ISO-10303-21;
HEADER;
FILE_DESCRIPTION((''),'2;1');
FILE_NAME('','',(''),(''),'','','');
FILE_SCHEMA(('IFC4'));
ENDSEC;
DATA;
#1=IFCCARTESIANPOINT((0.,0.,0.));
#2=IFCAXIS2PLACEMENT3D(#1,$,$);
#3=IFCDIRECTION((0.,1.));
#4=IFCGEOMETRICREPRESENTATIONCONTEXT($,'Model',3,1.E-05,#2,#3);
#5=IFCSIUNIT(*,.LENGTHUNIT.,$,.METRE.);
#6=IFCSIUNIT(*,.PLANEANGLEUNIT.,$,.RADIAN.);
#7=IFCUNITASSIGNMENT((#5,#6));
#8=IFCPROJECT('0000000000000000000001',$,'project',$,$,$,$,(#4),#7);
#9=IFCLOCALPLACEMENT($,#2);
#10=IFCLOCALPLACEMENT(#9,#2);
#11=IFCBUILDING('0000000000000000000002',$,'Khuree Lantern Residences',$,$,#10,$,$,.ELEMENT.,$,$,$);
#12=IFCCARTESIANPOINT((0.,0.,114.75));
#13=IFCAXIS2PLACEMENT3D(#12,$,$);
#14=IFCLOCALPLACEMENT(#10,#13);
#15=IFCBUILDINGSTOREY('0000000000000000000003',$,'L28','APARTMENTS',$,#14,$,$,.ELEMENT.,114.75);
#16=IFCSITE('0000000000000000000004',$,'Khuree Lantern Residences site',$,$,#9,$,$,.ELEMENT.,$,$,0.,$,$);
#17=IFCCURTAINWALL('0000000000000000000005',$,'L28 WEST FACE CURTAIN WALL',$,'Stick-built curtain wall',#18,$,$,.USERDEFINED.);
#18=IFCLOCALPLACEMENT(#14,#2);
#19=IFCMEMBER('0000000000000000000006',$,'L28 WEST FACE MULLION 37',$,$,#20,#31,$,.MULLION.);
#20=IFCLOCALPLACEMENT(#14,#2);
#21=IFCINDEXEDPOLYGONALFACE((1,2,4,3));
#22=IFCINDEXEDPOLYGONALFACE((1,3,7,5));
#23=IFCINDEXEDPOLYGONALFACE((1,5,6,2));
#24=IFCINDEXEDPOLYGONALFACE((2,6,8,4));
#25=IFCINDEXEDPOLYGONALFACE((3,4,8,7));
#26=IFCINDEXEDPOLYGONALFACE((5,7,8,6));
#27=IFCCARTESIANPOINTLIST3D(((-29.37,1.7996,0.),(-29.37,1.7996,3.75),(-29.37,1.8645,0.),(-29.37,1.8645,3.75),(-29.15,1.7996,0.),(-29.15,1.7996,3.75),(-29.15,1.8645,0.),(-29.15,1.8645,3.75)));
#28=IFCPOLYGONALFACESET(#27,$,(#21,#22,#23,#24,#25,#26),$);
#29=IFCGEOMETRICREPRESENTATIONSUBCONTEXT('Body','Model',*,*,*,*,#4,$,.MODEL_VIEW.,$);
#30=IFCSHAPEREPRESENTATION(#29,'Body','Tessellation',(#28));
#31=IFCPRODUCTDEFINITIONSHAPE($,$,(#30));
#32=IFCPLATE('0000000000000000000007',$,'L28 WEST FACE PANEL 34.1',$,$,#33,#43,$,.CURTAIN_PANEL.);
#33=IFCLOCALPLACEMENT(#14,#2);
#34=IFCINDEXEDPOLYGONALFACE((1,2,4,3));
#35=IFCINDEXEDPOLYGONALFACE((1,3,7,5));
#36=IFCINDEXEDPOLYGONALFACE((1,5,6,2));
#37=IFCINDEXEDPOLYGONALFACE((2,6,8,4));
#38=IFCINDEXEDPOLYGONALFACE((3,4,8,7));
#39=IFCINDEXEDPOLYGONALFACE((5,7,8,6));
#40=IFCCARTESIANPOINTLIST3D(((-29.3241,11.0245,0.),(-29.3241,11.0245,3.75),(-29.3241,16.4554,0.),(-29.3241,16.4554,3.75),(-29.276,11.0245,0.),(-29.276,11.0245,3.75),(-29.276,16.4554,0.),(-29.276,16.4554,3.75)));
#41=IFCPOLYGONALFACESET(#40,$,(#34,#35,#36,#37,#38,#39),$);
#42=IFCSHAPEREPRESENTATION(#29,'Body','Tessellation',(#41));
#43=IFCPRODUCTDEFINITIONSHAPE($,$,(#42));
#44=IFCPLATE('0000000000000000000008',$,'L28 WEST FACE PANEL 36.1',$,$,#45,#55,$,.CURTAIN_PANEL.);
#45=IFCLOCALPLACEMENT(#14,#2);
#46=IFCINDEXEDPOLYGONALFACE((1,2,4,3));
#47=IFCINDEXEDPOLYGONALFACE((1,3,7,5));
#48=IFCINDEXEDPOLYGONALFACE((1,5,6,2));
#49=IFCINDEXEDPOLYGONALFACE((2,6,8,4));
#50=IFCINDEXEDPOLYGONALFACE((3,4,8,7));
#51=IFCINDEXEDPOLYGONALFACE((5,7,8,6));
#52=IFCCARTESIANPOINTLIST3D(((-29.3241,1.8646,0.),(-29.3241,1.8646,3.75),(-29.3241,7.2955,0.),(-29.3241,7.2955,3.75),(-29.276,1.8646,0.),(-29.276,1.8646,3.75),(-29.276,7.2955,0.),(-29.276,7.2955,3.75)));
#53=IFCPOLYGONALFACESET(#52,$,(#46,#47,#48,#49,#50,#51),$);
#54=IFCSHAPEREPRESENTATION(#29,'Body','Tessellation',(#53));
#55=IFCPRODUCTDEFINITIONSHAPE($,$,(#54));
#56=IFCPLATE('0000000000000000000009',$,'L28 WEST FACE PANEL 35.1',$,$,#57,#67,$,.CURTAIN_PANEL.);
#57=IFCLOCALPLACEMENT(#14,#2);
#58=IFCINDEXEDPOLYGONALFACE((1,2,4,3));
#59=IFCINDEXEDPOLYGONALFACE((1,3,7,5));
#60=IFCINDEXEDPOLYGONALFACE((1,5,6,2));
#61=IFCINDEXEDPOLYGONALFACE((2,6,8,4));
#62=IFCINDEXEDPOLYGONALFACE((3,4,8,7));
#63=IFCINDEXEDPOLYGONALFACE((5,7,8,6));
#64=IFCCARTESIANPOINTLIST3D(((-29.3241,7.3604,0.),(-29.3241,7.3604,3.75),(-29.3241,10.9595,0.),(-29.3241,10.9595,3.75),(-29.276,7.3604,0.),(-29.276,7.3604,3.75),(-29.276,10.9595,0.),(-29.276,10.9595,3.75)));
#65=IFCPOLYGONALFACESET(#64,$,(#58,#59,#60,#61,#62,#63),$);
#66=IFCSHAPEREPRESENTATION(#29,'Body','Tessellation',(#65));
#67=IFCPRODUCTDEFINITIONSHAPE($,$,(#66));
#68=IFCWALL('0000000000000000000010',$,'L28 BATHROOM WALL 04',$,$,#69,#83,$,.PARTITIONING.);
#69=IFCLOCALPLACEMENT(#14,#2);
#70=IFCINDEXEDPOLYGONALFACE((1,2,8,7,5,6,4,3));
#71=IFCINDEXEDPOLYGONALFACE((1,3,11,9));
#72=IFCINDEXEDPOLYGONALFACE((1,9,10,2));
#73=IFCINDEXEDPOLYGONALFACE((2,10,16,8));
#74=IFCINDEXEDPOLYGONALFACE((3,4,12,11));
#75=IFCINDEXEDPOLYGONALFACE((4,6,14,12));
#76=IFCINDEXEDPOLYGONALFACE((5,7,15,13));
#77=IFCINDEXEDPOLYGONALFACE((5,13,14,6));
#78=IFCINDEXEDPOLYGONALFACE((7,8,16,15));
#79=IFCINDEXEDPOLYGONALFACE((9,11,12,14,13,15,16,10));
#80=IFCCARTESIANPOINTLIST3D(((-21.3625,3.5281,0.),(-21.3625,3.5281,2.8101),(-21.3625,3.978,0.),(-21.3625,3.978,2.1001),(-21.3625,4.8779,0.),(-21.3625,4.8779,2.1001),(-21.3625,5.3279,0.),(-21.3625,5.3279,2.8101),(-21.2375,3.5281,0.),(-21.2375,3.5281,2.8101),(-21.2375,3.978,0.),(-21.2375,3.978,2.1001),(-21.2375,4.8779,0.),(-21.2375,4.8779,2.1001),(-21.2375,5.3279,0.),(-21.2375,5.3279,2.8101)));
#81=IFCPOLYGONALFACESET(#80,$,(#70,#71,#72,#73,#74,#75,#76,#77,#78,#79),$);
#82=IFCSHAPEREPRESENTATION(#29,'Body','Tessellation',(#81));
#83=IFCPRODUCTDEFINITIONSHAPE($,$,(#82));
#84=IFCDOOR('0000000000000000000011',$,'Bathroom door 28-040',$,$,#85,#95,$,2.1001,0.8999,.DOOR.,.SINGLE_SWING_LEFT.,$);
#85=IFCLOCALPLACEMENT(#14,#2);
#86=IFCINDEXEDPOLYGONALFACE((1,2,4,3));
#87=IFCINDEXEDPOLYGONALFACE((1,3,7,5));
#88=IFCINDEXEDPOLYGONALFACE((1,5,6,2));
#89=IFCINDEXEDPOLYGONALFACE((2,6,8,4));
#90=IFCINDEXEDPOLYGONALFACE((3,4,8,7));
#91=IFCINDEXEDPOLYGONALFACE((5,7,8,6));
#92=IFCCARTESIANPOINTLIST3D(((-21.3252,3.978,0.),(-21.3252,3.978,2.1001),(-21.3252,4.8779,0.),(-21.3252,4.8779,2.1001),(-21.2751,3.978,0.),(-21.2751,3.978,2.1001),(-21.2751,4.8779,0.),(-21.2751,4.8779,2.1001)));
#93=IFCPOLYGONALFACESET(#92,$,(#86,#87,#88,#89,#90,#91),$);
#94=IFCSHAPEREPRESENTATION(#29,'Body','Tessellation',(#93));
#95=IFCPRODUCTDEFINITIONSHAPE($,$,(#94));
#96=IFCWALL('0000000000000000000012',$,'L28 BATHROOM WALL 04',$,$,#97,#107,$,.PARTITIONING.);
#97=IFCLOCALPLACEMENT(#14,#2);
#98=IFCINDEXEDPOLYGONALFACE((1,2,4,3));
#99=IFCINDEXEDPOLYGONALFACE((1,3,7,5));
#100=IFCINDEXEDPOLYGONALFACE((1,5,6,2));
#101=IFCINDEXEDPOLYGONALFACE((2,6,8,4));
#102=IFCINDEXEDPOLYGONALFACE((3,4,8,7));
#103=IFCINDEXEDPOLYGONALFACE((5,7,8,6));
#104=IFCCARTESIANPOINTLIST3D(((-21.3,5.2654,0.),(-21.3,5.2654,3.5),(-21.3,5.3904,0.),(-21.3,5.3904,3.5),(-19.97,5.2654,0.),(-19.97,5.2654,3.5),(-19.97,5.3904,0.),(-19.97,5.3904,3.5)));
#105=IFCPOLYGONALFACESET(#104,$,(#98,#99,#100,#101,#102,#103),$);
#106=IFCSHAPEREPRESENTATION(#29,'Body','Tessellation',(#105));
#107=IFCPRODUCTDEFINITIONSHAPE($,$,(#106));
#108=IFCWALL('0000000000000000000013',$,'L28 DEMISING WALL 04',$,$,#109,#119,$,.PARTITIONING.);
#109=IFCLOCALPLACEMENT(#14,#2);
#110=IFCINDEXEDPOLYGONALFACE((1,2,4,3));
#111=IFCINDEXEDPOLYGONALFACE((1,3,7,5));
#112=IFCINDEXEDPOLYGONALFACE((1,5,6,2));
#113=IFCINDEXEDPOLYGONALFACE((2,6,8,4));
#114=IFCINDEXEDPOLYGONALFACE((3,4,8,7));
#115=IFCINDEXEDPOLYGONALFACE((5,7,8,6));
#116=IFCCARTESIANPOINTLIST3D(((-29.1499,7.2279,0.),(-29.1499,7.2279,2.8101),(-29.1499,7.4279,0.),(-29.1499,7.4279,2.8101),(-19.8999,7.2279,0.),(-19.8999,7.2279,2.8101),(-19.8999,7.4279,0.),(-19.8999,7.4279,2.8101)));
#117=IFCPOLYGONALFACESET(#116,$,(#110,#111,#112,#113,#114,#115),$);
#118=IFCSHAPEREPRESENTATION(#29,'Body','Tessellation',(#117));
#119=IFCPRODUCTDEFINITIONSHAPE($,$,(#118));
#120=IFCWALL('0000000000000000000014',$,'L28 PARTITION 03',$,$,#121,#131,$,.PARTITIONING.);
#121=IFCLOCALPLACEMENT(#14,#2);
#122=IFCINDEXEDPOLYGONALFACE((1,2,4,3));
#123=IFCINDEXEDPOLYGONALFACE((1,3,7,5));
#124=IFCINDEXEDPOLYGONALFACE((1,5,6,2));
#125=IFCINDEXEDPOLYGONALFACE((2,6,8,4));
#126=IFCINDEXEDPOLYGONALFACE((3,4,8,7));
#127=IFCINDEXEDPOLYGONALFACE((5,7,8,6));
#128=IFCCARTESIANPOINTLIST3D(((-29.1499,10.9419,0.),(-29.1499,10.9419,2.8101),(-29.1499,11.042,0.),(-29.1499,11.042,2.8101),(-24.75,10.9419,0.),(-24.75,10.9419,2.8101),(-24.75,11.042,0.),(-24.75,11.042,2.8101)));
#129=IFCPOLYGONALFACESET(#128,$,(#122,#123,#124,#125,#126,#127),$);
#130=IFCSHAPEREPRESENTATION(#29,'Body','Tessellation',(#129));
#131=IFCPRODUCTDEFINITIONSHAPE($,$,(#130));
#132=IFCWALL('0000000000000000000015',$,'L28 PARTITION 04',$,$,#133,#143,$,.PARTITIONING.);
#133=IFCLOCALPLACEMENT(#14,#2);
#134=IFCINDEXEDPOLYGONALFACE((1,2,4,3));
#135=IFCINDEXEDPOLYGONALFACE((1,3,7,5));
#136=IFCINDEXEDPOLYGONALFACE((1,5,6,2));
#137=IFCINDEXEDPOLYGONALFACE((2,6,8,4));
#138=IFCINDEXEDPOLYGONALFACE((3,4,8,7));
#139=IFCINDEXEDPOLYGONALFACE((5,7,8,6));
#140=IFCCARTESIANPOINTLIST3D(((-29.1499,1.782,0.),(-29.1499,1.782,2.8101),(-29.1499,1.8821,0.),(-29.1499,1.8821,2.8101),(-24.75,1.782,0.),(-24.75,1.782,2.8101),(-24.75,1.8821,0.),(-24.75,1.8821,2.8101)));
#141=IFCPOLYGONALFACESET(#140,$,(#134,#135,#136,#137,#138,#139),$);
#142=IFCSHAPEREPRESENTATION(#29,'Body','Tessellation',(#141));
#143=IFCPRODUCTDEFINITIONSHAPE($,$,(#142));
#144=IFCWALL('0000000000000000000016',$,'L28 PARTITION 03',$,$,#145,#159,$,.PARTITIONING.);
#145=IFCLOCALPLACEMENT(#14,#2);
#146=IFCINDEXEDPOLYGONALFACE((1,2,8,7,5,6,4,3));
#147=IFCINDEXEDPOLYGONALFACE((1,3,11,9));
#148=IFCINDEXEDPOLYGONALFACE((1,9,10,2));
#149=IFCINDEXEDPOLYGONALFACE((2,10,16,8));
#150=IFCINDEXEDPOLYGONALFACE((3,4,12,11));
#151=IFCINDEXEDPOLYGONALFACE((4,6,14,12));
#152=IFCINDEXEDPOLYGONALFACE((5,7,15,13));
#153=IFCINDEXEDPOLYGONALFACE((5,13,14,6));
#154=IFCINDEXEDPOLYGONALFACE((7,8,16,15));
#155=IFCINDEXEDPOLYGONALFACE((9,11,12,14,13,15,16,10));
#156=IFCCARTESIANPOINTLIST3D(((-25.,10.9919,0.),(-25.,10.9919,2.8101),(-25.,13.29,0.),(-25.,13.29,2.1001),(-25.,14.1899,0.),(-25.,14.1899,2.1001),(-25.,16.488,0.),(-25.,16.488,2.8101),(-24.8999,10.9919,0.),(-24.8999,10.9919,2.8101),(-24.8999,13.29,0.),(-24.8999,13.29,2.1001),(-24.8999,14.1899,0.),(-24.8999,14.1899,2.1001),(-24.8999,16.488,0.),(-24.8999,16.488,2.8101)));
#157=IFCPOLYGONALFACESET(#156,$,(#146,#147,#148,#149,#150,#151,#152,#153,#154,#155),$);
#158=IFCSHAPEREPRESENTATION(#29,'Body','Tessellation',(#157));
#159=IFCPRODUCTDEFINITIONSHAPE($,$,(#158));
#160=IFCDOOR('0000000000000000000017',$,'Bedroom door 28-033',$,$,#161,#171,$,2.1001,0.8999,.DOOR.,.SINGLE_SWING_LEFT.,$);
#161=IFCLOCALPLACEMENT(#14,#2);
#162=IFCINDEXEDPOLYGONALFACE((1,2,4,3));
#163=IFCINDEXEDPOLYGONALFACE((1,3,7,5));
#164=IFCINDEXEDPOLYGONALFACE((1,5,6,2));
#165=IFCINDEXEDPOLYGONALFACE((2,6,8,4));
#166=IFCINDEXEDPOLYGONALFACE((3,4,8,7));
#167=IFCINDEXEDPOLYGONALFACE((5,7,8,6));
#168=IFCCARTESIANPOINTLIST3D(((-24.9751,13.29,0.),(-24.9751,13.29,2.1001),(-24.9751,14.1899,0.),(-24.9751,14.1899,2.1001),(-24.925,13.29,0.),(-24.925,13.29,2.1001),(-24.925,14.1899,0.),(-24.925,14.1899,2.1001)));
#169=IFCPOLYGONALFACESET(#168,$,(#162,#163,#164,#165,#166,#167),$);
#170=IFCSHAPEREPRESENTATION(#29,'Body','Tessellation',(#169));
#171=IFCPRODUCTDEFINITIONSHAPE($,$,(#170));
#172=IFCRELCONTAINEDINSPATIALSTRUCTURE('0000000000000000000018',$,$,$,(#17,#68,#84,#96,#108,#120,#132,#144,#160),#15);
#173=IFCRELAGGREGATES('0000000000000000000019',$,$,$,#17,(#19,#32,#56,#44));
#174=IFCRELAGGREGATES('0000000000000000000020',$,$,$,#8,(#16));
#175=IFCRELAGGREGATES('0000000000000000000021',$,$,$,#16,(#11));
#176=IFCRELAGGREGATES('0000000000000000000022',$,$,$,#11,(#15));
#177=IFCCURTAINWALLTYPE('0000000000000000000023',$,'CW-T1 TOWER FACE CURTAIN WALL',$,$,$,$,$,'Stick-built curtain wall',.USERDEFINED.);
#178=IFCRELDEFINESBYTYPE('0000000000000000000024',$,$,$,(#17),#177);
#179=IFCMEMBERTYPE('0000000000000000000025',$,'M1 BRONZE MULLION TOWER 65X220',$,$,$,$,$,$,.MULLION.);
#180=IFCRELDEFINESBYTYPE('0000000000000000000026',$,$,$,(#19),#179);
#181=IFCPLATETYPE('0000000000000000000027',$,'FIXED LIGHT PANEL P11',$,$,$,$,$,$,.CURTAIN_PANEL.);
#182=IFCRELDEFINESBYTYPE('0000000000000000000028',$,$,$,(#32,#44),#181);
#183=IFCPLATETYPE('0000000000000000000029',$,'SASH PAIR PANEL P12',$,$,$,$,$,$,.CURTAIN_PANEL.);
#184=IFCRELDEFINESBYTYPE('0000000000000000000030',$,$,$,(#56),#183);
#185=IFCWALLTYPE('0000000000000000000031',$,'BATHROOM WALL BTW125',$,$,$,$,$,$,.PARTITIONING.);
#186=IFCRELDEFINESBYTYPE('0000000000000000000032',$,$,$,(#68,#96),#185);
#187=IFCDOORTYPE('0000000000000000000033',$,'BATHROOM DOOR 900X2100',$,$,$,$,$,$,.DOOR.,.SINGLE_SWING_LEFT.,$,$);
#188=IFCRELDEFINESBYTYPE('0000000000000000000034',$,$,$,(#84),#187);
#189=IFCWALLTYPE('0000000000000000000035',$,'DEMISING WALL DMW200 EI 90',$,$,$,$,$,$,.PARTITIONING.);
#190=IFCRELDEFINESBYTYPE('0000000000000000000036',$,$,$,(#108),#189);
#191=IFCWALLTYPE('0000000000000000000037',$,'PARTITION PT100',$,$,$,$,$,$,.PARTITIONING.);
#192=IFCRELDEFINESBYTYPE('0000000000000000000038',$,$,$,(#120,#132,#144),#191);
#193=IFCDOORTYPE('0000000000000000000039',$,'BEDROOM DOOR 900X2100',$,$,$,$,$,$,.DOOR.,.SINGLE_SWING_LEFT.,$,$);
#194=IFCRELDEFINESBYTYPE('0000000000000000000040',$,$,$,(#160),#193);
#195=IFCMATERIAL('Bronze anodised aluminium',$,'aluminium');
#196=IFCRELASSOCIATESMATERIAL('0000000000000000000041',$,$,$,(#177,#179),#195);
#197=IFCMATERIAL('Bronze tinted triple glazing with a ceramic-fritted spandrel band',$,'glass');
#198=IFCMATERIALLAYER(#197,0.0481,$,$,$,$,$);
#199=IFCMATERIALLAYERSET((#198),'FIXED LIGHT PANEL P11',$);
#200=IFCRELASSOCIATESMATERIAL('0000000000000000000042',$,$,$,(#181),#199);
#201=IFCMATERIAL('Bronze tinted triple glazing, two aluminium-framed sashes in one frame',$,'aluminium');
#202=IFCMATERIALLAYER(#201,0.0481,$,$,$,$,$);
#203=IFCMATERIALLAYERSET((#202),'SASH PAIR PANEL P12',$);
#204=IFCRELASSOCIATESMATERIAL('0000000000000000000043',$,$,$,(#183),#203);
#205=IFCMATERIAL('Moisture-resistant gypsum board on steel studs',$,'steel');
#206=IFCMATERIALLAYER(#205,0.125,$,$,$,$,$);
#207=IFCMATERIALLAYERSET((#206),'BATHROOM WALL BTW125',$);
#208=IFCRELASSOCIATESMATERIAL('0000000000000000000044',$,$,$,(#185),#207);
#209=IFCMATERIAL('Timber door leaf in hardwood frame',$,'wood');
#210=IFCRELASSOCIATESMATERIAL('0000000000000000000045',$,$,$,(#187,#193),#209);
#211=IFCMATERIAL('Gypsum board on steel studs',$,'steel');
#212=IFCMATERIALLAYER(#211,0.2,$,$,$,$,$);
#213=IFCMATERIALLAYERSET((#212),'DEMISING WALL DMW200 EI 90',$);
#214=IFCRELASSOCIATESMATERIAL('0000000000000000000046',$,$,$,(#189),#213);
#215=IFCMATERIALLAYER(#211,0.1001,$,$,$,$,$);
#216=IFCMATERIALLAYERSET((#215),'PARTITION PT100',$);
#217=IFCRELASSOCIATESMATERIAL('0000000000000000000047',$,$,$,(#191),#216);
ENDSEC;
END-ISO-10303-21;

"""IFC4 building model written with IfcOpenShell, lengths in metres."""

from ifc_helpers import new_model, si_unit, direction, frame, frame_2d, origin, origin_2d, place, context, subcontext, project, spatial, rectangle, extrude, material, layer, layer_set, material_profile, profile_set, type_object, element, fill, aggregate, save


model = new_model("IFC4")

# Units and contexts
model_context = context("Model", 3, precision=1e-05, world=origin(), true_north=direction((0.0, 1.0)))
body_context = subcontext(model_context, "Body", "Model", "MODEL_VIEW")
ifc_project = project(units=[si_unit("LENGTHUNIT", "METRE"), si_unit("PLANEANGLEUNIT", "RADIAN")], contexts=[model_context])

# Site, building, storey
site_placement = place(None, origin())
site = spatial("IfcSite", under=ifc_project, at=site_placement, Name="Khuree Lantern Residences site", CompositionType="ELEMENT", RefElevation=0.0)
building_placement = place(site_placement, origin())
building = spatial("IfcBuilding", under=site, at=building_placement, Name="Khuree Lantern Residences", CompositionType="ELEMENT")
storey_placement = place(building_placement, frame((0.0, 0.0, 114.75)))
storey = spatial("IfcBuildingStorey", under=building, at=storey_placement, Name="L28", Description="APARTMENTS", CompositionType="ELEMENT", Elevation=114.75)

# Curtain wall
ifc_material_1 = material(Name="Bronze anodised aluminium", Category="aluminium")
curtain_wall_type = type_object("IfcCurtainWallType", Name="CW-T1 TOWER FACE CURTAIN WALL", ElementType="Stick-built curtain wall", PredefinedType="USERDEFINED", material=ifc_material_1)
curtain_wall_placement = place(storey_placement, origin())
curtain_wall = element("IfcCurtainWall", 1, at=curtain_wall_placement, inside=storey, type_object=curtain_wall_type, Name="L28 WEST FACE CURTAIN WALL", ObjectType="Stick-built curtain wall", PredefinedType="USERDEFINED")

# Member
ifc_material_profile_1 = material_profile(ifc_material_1, rectangle(XDim=0.0649, YDim=0.22, at=origin_2d()), Name="M1 65X220")
ifc_profile_set_1 = profile_set([ifc_material_profile_1], Name="Bronze anodised aluminium")
member_type_1 = type_object("IfcMemberType", Name="M1 BRONZE MULLION TOWER 65X220", PredefinedType="MULLION", material=ifc_profile_set_1)
member_1_placement = place(storey_placement, frame((-29.26, 1.832, 0.0), z_axis=(0.0, 0.0, 1.0), x_axis=(0.0, -1.0, 0.0)))
member_1 = element("IfcMember", 2, at=member_1_placement, type_object=member_type_1, Name="L28 WEST FACE MULLION 37", PredefinedType="MULLION", context=body_context, shape_type="SweptSolid", body=[
    extrude(rectangle(XDim=0.0649, YDim=0.22, at=origin_2d()), origin(), (0.0, 0.0, 1.0), 3.75),
])

# Plates
ifc_material_2 = material(Name="Bronze tinted triple glazing with a ceramic-fritted spandrel band", Category="glass")
ifc_layer_1 = layer(ifc_material_2, 0.0481)
ifc_layer_set_1 = layer_set([ifc_layer_1], Name="FIXED LIGHT PANEL P11")
plate_type_1 = type_object("IfcPlateType", Name="FIXED LIGHT PANEL P11", PredefinedType="CURTAIN_PANEL", material=ifc_layer_set_1)
plate_1_placement = place(storey_placement, frame((-29.3, 13.74, 0.0), z_axis=(0.0, 0.0, 1.0), x_axis=(0.0, -1.0, 0.0)))
plate_1 = element("IfcPlate", 3, at=plate_1_placement, type_object=plate_type_1, Name="L28 WEST FACE PANEL 34.1", PredefinedType="CURTAIN_PANEL", context=body_context, shape_type="SweptSolid", body=[
    extrude(rectangle(XDim=5.4309, YDim=0.0481, at=origin_2d()), origin(), (0.0, 0.0, 1.0), 3.75),
])
plate_2_placement = place(storey_placement, frame((-29.3, 4.5801, 0.0), z_axis=(0.0, 0.0, 1.0), x_axis=(0.0, -1.0, 0.0)))
plate_2 = element("IfcPlate", 4, at=plate_2_placement, type_object=plate_type_1, Name="L28 WEST FACE PANEL 36.1", PredefinedType="CURTAIN_PANEL", context=body_context, shape_type="SweptSolid", body=[
    extrude(rectangle(XDim=5.4309, YDim=0.0481, at=origin_2d()), origin(), (0.0, 0.0, 1.0), 3.75),
])
ifc_material_3 = material(Name="Bronze tinted triple glazing, two aluminium-framed sashes in one frame", Category="aluminium")
ifc_layer_2 = layer(ifc_material_3, 0.0481)
ifc_layer_set_2 = layer_set([ifc_layer_2], Name="SASH PAIR PANEL P12")
plate_type_2 = type_object("IfcPlateType", Name="SASH PAIR PANEL P12", PredefinedType="CURTAIN_PANEL", material=ifc_layer_set_2)
plate_3_placement = place(storey_placement, frame((-29.3, 9.1599, 0.0), z_axis=(0.0, 0.0, 1.0), x_axis=(0.0, -1.0, 0.0)))
plate_3 = element("IfcPlate", 5, at=plate_3_placement, type_object=plate_type_2, Name="L28 WEST FACE PANEL 35.1", PredefinedType="CURTAIN_PANEL", context=body_context, shape_type="SweptSolid", body=[
    extrude(rectangle(XDim=3.5991, YDim=0.0481, at=origin_2d()), origin(), (0.0, 0.0, 1.0), 3.75),
])
aggregate(curtain_wall, [member_1, plate_1, plate_3, plate_2])

# Wall, opening, door
ifc_material_4 = material(Name="Moisture-resistant gypsum board on steel studs", Category="steel")
ifc_layer_3 = layer(ifc_material_4, 0.125)
ifc_layer_set_3 = layer_set([ifc_layer_3], Name="BATHROOM WALL BTW125")
wall_type_1 = type_object("IfcWallType", Name="BATHROOM WALL BTW125", PredefinedType="PARTITIONING", material=ifc_layer_set_3)
wall_1_placement = place(storey_placement, frame((-21.3, 5.3279, 0.0), z_axis=(0.0, 0.0, 1.0), x_axis=(0.0, -1.0, 0.0)))
wall_1 = element("IfcWall", 6, at=wall_1_placement, inside=storey, type_object=wall_type_1, Name="L28 BATHROOM WALL 04", PredefinedType="PARTITIONING", context=body_context, shape_type="SweptSolid", body=[
    extrude(rectangle(XDim=1.7998, YDim=0.125, at=frame_2d((0.8999, 0.0))), origin(), (0.0, 0.0, 1.0), 2.8101),
])
opening_1_placement = place(wall_1_placement, frame((0.45, 0.0, 0.0)))
opening_1 = element("IfcOpeningElement", 7, at=opening_1_placement, cuts=wall_1, PredefinedType="OPENING", context=body_context, shape_type="SweptSolid", body=[
    extrude(rectangle(XDim=0.8999, YDim=2.1001, at=frame_2d((0.45, 1.05))), frame((0.0, 0.0725, 0.0), z_axis=(0.0, -1.0, 0.0), x_axis=(1.0, 0.0, 0.0)), (0.0, 0.0, 1.0), 0.145),
])
ifc_material_5 = material(Name="Timber door leaf in hardwood frame", Category="wood")
door_type_1 = type_object("IfcDoorType", Name="BATHROOM DOOR 900X2100", OperationType="SINGLE_SWING_LEFT", PredefinedType="DOOR", material=ifc_material_5)
door_1_placement = place(opening_1_placement, origin())
door_1 = element("IfcDoor", 8, at=door_1_placement, inside=storey, type_object=door_type_1, Name="Bathroom door 28-040", OperationType="SINGLE_SWING_LEFT", OverallHeight=2.1001, OverallWidth=0.8999, PredefinedType="DOOR", context=body_context, shape_type="SweptSolid", body=[
    extrude(rectangle(XDim=0.8999, YDim=2.1001, at=frame_2d((0.45, 1.05))), frame((0.0, 0.0249, 0.0), z_axis=(0.0, -1.0, 0.0), x_axis=(1.0, 0.0, 0.0)), (0.0, 0.0, 1.0), 0.05),
])
fill(opening_1, door_1)

# Walls
wall_2_placement = place(storey_placement, frame((-19.97, 5.3279, 0.0), z_axis=(0.0, 0.0, 1.0), x_axis=(-1.0, 0.0, 0.0)))
element("IfcWall", 9, at=wall_2_placement, inside=storey, type_object=wall_type_1, Name="L28 BATHROOM WALL 04", PredefinedType="PARTITIONING", context=body_context, shape_type="SweptSolid", body=[
    extrude(rectangle(XDim=1.3301, YDim=0.125, at=frame_2d((0.665, 0.0))), origin(), (0.0, 0.0, 1.0), 3.5),
])
ifc_material_6 = material(Name="Gypsum board on steel studs", Category="steel")
ifc_layer_4 = layer(ifc_material_6, 0.2)
ifc_layer_set_4 = layer_set([ifc_layer_4], Name="DEMISING WALL DMW200 EI 90")
wall_type_2 = type_object("IfcWallType", Name="DEMISING WALL DMW200 EI 90", PredefinedType="PARTITIONING", material=ifc_layer_set_4)
wall_3_placement = place(storey_placement, frame((-19.8999, 7.3279, 0.0), z_axis=(0.0, 0.0, 1.0), x_axis=(-1.0, 0.0, 0.0)))
element("IfcWall", 10, at=wall_3_placement, inside=storey, type_object=wall_type_2, Name="L28 DEMISING WALL 04", PredefinedType="PARTITIONING", context=body_context, shape_type="SweptSolid", body=[
    extrude(rectangle(XDim=9.25, YDim=0.2, at=frame_2d((4.625, 0.0))), origin(), (0.0, 0.0, 1.0), 2.8101),
])
ifc_layer_5 = layer(ifc_material_6, 0.1001)
ifc_layer_set_5 = layer_set([ifc_layer_5], Name="PARTITION PT100")
wall_type_3 = type_object("IfcWallType", Name="PARTITION PT100", PredefinedType="PARTITIONING", material=ifc_layer_set_5)
for number, where, z_axis, x_axis, name in (
    (11, (-24.75, 10.9919, 0.0), (0.0, 0.0, 1.0), (-1.0, 0.0, 0.0), "L28 PARTITION 03"),
    (12, (-24.75, 1.832, 0.0), (0.0, 0.0, 1.0), (-1.0, 0.0, 0.0), "L28 PARTITION 04"),
):
    element("IfcWall", number, at=place(storey_placement, frame(where, z_axis=z_axis, x_axis=x_axis)), inside=storey, type_object=wall_type_3, Name=name, PredefinedType="PARTITIONING", context=body_context, shape_type="SweptSolid", body=[
        extrude(rectangle(XDim=4.3999, YDim=0.1001, at=frame_2d((2.2, 0.0))), origin(), (0.0, 0.0, 1.0), 2.8101),
    ])

# Wall, opening, door
wall_4_placement = place(storey_placement, frame((-24.95, 16.488, 0.0), z_axis=(0.0, 0.0, 1.0), x_axis=(0.0, -1.0, 0.0)))
wall_4 = element("IfcWall", 13, at=wall_4_placement, inside=storey, type_object=wall_type_3, Name="L28 PARTITION 03", PredefinedType="PARTITIONING", context=body_context, shape_type="SweptSolid", body=[
    extrude(rectangle(XDim=5.4961, YDim=0.1001, at=frame_2d((2.748, 0.0))), origin(), (0.0, 0.0, 1.0), 2.8101),
])
opening_2_placement = place(wall_4_placement, frame((2.2981, 0.0, 0.0)))
opening_2 = element("IfcOpeningElement", 14, at=opening_2_placement, cuts=wall_4, PredefinedType="OPENING", context=body_context, shape_type="SweptSolid", body=[
    extrude(rectangle(XDim=0.8999, YDim=2.1001, at=frame_2d((0.45, 1.05))), frame((0.0, 0.0601, 0.0), z_axis=(0.0, -1.0, 0.0), x_axis=(1.0, 0.0, 0.0)), (0.0, 0.0, 1.0), 0.1201),
])
door_type_2 = type_object("IfcDoorType", Name="BEDROOM DOOR 900X2100", OperationType="SINGLE_SWING_LEFT", PredefinedType="DOOR", material=ifc_material_5)
door_2_placement = place(opening_2_placement, origin())
door_2 = element("IfcDoor", 15, at=door_2_placement, inside=storey, type_object=door_type_2, Name="Bedroom door 28-033", OperationType="SINGLE_SWING_LEFT", OverallHeight=2.1001, OverallWidth=0.8999, PredefinedType="DOOR", context=body_context, shape_type="SweptSolid", body=[
    extrude(rectangle(XDim=0.8999, YDim=2.1001, at=frame_2d((0.45, 1.05))), frame((0.0, 0.0249, 0.0), z_axis=(0.0, -1.0, 0.0), x_axis=(1.0, 0.0, 0.0)), (0.0, 0.0, 1.0), 0.05),
])
fill(opening_2, door_2)

save(model, "model.ifc")
